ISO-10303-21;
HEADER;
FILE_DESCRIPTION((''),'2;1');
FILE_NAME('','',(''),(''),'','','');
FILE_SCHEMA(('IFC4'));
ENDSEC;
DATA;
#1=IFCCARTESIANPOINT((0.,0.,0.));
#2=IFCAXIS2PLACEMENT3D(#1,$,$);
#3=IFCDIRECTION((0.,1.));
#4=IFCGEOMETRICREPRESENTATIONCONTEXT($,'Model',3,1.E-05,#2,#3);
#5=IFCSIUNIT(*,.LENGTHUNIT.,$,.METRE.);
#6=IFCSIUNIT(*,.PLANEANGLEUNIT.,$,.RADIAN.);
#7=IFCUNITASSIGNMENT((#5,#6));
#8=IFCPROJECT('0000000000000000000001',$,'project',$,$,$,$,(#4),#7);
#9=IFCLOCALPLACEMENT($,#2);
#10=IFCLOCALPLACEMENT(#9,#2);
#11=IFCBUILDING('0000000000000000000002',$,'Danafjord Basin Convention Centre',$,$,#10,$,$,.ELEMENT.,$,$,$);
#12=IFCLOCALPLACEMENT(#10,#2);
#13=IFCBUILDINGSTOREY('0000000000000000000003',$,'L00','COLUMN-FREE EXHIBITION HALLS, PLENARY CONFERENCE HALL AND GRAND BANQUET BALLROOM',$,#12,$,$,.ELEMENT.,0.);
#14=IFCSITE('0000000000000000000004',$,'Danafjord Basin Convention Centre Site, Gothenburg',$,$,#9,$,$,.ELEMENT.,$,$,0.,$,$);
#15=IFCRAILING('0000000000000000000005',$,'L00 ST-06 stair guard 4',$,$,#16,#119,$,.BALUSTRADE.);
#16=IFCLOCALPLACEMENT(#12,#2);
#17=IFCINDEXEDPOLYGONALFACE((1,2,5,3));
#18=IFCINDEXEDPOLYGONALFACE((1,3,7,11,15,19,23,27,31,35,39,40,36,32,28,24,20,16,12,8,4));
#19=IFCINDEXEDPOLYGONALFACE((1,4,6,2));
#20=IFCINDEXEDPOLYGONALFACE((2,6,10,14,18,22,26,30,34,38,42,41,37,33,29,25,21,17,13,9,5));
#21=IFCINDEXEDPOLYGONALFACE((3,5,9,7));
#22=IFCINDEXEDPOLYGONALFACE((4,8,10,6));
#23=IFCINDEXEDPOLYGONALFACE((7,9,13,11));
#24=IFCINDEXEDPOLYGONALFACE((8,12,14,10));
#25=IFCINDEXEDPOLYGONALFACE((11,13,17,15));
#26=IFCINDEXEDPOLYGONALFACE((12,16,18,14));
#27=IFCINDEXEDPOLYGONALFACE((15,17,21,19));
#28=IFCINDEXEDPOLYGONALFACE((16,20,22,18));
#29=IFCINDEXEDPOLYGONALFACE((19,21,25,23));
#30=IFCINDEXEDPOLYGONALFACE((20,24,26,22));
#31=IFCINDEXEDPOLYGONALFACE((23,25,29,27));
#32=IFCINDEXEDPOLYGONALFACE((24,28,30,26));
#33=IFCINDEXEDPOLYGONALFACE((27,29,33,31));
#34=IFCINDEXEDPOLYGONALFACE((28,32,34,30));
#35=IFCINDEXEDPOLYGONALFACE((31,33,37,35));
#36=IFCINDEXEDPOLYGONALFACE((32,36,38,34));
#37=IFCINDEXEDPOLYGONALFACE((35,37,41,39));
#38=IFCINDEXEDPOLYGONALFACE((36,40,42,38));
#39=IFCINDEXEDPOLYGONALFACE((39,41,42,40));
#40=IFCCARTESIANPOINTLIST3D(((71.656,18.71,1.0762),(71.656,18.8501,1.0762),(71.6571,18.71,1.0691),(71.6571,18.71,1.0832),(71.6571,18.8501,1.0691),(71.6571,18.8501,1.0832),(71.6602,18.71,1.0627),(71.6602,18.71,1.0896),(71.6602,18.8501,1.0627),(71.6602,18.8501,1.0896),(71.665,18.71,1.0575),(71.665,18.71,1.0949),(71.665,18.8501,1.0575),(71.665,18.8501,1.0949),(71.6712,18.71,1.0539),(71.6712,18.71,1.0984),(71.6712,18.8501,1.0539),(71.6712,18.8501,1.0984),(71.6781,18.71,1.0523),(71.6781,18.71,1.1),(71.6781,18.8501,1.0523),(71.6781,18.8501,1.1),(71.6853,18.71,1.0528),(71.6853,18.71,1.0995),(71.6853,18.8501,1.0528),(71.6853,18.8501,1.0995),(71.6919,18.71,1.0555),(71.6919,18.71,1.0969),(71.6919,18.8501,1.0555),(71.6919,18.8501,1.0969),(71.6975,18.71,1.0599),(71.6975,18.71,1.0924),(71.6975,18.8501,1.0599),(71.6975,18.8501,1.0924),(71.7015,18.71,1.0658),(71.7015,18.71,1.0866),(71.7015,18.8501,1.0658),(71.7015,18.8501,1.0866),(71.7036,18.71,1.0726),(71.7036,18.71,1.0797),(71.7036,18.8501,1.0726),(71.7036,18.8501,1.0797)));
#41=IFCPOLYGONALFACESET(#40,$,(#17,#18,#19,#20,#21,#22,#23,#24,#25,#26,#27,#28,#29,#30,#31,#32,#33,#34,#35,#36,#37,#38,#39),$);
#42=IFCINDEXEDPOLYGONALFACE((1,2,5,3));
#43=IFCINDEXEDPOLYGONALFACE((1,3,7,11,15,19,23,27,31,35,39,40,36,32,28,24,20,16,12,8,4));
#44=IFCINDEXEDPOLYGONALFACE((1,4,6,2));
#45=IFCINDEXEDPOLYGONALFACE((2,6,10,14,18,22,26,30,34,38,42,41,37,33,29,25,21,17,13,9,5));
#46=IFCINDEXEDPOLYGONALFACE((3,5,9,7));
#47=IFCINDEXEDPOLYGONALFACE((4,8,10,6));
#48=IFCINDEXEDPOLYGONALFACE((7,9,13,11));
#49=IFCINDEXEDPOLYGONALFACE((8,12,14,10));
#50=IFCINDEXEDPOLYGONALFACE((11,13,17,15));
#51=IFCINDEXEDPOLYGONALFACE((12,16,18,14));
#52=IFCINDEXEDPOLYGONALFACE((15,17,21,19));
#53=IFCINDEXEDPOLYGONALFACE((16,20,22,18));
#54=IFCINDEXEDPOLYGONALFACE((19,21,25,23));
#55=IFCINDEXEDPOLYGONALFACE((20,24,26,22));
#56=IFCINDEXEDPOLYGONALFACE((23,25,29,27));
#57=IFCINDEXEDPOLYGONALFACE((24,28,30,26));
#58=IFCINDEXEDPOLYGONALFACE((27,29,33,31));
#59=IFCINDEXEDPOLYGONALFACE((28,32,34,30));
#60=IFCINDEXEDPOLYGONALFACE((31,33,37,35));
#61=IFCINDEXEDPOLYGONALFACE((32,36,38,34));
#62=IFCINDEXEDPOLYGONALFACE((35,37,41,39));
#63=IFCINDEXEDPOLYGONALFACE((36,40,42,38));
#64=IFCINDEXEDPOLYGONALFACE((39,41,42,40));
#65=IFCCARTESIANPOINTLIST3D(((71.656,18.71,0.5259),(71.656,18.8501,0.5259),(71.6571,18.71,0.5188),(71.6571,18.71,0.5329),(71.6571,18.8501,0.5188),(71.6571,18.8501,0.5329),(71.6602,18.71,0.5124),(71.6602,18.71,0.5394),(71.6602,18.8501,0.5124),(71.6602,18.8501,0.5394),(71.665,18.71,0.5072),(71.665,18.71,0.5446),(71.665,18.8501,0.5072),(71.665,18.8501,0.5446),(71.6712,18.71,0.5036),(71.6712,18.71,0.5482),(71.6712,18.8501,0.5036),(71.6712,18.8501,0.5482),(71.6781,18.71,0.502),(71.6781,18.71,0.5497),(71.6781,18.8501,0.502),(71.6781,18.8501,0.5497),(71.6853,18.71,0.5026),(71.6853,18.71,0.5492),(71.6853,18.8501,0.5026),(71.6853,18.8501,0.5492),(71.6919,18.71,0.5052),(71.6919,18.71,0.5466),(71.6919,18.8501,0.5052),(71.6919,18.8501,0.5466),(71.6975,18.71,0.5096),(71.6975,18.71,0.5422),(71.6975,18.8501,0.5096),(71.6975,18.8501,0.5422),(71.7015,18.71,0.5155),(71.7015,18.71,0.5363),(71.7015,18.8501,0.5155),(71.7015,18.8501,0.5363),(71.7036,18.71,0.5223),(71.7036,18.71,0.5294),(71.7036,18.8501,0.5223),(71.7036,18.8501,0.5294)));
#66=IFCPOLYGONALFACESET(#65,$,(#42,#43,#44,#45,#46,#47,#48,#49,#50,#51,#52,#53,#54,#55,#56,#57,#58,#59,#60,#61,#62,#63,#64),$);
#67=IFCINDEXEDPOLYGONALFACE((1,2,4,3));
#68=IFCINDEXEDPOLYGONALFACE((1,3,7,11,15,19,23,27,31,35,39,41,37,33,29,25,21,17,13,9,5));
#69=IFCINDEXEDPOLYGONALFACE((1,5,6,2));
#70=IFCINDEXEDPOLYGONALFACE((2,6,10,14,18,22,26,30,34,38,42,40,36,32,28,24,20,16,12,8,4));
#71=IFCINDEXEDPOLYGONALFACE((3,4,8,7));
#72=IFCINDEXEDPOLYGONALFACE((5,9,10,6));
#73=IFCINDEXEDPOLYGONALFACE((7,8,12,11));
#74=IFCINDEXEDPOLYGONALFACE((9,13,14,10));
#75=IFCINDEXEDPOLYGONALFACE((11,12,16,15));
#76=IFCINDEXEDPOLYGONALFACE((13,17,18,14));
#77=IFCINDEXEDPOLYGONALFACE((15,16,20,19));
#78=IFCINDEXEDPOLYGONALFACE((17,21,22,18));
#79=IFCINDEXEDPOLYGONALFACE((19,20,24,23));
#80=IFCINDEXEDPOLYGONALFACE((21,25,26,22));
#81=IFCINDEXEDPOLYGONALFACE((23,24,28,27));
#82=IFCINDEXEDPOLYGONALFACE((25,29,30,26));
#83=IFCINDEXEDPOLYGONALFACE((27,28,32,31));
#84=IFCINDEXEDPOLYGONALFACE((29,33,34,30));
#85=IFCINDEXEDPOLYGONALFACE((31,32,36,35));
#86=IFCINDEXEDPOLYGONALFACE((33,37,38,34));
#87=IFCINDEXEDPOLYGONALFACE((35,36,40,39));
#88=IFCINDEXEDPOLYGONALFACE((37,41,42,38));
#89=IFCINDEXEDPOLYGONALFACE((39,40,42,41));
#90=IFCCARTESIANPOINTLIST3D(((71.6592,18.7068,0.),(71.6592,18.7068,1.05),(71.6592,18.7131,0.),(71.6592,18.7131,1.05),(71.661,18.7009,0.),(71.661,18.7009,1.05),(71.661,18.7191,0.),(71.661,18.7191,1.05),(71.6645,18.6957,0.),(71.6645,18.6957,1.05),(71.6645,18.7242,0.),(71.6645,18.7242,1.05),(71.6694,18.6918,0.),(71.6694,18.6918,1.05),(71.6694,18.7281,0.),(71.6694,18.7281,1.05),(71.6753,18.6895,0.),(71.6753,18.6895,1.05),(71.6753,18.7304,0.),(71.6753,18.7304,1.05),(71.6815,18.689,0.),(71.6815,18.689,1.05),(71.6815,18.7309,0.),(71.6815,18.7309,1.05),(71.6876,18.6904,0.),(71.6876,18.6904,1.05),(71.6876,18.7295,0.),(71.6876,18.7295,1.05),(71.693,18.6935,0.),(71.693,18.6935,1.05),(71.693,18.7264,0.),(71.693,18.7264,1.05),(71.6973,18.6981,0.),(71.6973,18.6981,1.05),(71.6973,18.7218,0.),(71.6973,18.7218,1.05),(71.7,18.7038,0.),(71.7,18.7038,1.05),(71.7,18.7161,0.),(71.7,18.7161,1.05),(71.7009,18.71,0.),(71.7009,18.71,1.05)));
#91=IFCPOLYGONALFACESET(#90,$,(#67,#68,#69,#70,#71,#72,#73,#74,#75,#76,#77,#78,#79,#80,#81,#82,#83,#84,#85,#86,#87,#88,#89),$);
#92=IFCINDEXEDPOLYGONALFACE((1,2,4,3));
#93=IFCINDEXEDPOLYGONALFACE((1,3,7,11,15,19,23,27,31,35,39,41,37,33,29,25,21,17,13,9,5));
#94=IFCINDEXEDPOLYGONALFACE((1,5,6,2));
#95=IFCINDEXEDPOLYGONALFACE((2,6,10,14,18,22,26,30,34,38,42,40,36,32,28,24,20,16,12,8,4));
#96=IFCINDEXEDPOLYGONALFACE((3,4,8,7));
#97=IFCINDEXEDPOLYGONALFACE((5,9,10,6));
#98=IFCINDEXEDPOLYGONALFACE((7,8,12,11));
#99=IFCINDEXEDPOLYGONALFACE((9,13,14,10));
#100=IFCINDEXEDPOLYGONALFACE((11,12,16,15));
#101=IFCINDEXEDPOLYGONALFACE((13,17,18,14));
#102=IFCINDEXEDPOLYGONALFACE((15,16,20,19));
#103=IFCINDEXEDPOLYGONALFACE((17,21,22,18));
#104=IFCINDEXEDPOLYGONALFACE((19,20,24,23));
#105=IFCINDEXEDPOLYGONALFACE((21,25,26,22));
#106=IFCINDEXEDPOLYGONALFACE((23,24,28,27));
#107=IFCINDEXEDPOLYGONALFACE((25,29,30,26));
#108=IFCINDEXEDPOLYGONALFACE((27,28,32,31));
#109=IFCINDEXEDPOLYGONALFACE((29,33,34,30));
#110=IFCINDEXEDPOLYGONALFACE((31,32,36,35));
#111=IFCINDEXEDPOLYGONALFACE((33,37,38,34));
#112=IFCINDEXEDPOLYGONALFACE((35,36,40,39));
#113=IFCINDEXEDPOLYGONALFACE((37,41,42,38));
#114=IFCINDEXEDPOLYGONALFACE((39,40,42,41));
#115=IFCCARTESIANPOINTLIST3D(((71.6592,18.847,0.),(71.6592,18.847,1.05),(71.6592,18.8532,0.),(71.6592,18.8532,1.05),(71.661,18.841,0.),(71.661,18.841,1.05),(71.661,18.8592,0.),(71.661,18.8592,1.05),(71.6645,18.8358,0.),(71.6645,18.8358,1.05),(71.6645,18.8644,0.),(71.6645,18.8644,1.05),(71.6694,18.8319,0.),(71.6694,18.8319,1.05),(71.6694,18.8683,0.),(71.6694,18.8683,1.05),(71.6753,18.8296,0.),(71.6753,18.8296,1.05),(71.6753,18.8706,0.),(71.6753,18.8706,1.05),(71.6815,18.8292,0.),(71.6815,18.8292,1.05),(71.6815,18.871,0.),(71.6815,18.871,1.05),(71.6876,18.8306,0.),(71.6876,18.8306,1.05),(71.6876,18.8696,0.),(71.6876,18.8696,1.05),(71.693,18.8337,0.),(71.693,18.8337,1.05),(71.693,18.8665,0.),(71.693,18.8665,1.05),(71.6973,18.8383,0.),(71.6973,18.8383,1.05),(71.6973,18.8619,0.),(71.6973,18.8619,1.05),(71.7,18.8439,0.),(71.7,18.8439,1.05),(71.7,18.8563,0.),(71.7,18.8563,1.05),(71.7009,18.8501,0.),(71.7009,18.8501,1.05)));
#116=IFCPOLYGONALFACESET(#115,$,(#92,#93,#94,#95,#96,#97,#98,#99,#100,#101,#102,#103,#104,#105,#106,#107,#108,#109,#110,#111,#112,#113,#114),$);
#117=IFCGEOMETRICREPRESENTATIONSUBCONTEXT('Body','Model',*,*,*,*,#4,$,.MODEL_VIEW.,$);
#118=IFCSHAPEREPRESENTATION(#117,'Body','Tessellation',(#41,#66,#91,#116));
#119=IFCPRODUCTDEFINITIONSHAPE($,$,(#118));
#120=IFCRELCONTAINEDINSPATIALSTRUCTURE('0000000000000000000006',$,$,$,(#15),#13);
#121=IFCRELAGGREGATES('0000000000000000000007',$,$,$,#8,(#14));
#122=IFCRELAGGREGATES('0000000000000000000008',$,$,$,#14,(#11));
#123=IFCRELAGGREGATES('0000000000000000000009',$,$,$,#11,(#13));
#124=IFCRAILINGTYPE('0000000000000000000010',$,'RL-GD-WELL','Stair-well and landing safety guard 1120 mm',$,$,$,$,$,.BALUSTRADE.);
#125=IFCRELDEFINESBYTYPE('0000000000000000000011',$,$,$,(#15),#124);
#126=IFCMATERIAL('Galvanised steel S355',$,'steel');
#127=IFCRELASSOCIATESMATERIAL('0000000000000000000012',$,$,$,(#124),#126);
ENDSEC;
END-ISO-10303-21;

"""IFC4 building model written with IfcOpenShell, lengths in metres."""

from ifc_helpers import new_model, si_unit, direction, frame, origin, origin_2d, place, context, subcontext, project, spatial, circle, extrude, material, type_object, element, save


model = new_model("IFC4")

# Units and contexts
model_context = context("Model", 3, precision=1e-05, world=origin(), true_north=direction((0.0, 1.0)))
body_context = subcontext(model_context, "Body", "Model", "MODEL_VIEW")
ifc_project = project(units=[si_unit("LENGTHUNIT", "METRE"), si_unit("PLANEANGLEUNIT", "RADIAN")], contexts=[model_context])

# Site, building, storey
site_placement = place(None, origin())
site = spatial("IfcSite", under=ifc_project, at=site_placement, Name="Danafjord Basin Convention Centre Site, Gothenburg", CompositionType="ELEMENT", RefElevation=0.0)
building_placement = place(site_placement, origin())
building = spatial("IfcBuilding", under=site, at=building_placement, Name="Danafjord Basin Convention Centre", CompositionType="ELEMENT")
storey_placement = place(building_placement, origin())
storey = spatial("IfcBuildingStorey", under=building, at=storey_placement, Name="L00", Description="COLUMN-FREE EXHIBITION HALLS, PLENARY CONFERENCE HALL AND GRAND BANQUET BALLROOM", CompositionType="ELEMENT", Elevation=0.0)

# Railing
ifc_material_1 = material(Name="Galvanised steel S355", Category="steel")
railing_type_1 = type_object("IfcRailingType", Name="RL-GD-WELL", Description="Stair-well and landing safety guard 1120 mm", PredefinedType="BALUSTRADE", material=ifc_material_1)
railing_1_placement = place(storey_placement, frame((71.6799, 18.71, 0.0)))
element("IfcRailing", 1, at=railing_1_placement, inside=storey, type_object=railing_type_1, Name="L00 ST-06 stair guard 4", PredefinedType="BALUSTRADE", context=body_context, shape_type="SweptSolid", body=[
    extrude(circle(Radius=0.0239, at=origin_2d()), frame((0.0, 0.0, 1.0762), z_axis=(0.0, 1.0, 0.0), x_axis=(-1.0, 0.0, 0.0)), (0.0, 0.0, 1.0), 0.1401),
    extrude(circle(Radius=0.0239, at=origin_2d()), frame((0.0, 0.0, 0.5259), z_axis=(0.0, 1.0, 0.0), x_axis=(-1.0, 0.0, 0.0)), (0.0, 0.0, 1.0), 0.1401),
    extrude(circle(Radius=0.021, at=origin_2d()), origin(), (0.0, 0.0, 1.0), 1.05),
    extrude(circle(Radius=0.021, at=origin_2d()), frame((0.0, 0.1401, 0.0)), (0.0, 0.0, 1.0), 1.05),
])

save(model, "model.ifc")
